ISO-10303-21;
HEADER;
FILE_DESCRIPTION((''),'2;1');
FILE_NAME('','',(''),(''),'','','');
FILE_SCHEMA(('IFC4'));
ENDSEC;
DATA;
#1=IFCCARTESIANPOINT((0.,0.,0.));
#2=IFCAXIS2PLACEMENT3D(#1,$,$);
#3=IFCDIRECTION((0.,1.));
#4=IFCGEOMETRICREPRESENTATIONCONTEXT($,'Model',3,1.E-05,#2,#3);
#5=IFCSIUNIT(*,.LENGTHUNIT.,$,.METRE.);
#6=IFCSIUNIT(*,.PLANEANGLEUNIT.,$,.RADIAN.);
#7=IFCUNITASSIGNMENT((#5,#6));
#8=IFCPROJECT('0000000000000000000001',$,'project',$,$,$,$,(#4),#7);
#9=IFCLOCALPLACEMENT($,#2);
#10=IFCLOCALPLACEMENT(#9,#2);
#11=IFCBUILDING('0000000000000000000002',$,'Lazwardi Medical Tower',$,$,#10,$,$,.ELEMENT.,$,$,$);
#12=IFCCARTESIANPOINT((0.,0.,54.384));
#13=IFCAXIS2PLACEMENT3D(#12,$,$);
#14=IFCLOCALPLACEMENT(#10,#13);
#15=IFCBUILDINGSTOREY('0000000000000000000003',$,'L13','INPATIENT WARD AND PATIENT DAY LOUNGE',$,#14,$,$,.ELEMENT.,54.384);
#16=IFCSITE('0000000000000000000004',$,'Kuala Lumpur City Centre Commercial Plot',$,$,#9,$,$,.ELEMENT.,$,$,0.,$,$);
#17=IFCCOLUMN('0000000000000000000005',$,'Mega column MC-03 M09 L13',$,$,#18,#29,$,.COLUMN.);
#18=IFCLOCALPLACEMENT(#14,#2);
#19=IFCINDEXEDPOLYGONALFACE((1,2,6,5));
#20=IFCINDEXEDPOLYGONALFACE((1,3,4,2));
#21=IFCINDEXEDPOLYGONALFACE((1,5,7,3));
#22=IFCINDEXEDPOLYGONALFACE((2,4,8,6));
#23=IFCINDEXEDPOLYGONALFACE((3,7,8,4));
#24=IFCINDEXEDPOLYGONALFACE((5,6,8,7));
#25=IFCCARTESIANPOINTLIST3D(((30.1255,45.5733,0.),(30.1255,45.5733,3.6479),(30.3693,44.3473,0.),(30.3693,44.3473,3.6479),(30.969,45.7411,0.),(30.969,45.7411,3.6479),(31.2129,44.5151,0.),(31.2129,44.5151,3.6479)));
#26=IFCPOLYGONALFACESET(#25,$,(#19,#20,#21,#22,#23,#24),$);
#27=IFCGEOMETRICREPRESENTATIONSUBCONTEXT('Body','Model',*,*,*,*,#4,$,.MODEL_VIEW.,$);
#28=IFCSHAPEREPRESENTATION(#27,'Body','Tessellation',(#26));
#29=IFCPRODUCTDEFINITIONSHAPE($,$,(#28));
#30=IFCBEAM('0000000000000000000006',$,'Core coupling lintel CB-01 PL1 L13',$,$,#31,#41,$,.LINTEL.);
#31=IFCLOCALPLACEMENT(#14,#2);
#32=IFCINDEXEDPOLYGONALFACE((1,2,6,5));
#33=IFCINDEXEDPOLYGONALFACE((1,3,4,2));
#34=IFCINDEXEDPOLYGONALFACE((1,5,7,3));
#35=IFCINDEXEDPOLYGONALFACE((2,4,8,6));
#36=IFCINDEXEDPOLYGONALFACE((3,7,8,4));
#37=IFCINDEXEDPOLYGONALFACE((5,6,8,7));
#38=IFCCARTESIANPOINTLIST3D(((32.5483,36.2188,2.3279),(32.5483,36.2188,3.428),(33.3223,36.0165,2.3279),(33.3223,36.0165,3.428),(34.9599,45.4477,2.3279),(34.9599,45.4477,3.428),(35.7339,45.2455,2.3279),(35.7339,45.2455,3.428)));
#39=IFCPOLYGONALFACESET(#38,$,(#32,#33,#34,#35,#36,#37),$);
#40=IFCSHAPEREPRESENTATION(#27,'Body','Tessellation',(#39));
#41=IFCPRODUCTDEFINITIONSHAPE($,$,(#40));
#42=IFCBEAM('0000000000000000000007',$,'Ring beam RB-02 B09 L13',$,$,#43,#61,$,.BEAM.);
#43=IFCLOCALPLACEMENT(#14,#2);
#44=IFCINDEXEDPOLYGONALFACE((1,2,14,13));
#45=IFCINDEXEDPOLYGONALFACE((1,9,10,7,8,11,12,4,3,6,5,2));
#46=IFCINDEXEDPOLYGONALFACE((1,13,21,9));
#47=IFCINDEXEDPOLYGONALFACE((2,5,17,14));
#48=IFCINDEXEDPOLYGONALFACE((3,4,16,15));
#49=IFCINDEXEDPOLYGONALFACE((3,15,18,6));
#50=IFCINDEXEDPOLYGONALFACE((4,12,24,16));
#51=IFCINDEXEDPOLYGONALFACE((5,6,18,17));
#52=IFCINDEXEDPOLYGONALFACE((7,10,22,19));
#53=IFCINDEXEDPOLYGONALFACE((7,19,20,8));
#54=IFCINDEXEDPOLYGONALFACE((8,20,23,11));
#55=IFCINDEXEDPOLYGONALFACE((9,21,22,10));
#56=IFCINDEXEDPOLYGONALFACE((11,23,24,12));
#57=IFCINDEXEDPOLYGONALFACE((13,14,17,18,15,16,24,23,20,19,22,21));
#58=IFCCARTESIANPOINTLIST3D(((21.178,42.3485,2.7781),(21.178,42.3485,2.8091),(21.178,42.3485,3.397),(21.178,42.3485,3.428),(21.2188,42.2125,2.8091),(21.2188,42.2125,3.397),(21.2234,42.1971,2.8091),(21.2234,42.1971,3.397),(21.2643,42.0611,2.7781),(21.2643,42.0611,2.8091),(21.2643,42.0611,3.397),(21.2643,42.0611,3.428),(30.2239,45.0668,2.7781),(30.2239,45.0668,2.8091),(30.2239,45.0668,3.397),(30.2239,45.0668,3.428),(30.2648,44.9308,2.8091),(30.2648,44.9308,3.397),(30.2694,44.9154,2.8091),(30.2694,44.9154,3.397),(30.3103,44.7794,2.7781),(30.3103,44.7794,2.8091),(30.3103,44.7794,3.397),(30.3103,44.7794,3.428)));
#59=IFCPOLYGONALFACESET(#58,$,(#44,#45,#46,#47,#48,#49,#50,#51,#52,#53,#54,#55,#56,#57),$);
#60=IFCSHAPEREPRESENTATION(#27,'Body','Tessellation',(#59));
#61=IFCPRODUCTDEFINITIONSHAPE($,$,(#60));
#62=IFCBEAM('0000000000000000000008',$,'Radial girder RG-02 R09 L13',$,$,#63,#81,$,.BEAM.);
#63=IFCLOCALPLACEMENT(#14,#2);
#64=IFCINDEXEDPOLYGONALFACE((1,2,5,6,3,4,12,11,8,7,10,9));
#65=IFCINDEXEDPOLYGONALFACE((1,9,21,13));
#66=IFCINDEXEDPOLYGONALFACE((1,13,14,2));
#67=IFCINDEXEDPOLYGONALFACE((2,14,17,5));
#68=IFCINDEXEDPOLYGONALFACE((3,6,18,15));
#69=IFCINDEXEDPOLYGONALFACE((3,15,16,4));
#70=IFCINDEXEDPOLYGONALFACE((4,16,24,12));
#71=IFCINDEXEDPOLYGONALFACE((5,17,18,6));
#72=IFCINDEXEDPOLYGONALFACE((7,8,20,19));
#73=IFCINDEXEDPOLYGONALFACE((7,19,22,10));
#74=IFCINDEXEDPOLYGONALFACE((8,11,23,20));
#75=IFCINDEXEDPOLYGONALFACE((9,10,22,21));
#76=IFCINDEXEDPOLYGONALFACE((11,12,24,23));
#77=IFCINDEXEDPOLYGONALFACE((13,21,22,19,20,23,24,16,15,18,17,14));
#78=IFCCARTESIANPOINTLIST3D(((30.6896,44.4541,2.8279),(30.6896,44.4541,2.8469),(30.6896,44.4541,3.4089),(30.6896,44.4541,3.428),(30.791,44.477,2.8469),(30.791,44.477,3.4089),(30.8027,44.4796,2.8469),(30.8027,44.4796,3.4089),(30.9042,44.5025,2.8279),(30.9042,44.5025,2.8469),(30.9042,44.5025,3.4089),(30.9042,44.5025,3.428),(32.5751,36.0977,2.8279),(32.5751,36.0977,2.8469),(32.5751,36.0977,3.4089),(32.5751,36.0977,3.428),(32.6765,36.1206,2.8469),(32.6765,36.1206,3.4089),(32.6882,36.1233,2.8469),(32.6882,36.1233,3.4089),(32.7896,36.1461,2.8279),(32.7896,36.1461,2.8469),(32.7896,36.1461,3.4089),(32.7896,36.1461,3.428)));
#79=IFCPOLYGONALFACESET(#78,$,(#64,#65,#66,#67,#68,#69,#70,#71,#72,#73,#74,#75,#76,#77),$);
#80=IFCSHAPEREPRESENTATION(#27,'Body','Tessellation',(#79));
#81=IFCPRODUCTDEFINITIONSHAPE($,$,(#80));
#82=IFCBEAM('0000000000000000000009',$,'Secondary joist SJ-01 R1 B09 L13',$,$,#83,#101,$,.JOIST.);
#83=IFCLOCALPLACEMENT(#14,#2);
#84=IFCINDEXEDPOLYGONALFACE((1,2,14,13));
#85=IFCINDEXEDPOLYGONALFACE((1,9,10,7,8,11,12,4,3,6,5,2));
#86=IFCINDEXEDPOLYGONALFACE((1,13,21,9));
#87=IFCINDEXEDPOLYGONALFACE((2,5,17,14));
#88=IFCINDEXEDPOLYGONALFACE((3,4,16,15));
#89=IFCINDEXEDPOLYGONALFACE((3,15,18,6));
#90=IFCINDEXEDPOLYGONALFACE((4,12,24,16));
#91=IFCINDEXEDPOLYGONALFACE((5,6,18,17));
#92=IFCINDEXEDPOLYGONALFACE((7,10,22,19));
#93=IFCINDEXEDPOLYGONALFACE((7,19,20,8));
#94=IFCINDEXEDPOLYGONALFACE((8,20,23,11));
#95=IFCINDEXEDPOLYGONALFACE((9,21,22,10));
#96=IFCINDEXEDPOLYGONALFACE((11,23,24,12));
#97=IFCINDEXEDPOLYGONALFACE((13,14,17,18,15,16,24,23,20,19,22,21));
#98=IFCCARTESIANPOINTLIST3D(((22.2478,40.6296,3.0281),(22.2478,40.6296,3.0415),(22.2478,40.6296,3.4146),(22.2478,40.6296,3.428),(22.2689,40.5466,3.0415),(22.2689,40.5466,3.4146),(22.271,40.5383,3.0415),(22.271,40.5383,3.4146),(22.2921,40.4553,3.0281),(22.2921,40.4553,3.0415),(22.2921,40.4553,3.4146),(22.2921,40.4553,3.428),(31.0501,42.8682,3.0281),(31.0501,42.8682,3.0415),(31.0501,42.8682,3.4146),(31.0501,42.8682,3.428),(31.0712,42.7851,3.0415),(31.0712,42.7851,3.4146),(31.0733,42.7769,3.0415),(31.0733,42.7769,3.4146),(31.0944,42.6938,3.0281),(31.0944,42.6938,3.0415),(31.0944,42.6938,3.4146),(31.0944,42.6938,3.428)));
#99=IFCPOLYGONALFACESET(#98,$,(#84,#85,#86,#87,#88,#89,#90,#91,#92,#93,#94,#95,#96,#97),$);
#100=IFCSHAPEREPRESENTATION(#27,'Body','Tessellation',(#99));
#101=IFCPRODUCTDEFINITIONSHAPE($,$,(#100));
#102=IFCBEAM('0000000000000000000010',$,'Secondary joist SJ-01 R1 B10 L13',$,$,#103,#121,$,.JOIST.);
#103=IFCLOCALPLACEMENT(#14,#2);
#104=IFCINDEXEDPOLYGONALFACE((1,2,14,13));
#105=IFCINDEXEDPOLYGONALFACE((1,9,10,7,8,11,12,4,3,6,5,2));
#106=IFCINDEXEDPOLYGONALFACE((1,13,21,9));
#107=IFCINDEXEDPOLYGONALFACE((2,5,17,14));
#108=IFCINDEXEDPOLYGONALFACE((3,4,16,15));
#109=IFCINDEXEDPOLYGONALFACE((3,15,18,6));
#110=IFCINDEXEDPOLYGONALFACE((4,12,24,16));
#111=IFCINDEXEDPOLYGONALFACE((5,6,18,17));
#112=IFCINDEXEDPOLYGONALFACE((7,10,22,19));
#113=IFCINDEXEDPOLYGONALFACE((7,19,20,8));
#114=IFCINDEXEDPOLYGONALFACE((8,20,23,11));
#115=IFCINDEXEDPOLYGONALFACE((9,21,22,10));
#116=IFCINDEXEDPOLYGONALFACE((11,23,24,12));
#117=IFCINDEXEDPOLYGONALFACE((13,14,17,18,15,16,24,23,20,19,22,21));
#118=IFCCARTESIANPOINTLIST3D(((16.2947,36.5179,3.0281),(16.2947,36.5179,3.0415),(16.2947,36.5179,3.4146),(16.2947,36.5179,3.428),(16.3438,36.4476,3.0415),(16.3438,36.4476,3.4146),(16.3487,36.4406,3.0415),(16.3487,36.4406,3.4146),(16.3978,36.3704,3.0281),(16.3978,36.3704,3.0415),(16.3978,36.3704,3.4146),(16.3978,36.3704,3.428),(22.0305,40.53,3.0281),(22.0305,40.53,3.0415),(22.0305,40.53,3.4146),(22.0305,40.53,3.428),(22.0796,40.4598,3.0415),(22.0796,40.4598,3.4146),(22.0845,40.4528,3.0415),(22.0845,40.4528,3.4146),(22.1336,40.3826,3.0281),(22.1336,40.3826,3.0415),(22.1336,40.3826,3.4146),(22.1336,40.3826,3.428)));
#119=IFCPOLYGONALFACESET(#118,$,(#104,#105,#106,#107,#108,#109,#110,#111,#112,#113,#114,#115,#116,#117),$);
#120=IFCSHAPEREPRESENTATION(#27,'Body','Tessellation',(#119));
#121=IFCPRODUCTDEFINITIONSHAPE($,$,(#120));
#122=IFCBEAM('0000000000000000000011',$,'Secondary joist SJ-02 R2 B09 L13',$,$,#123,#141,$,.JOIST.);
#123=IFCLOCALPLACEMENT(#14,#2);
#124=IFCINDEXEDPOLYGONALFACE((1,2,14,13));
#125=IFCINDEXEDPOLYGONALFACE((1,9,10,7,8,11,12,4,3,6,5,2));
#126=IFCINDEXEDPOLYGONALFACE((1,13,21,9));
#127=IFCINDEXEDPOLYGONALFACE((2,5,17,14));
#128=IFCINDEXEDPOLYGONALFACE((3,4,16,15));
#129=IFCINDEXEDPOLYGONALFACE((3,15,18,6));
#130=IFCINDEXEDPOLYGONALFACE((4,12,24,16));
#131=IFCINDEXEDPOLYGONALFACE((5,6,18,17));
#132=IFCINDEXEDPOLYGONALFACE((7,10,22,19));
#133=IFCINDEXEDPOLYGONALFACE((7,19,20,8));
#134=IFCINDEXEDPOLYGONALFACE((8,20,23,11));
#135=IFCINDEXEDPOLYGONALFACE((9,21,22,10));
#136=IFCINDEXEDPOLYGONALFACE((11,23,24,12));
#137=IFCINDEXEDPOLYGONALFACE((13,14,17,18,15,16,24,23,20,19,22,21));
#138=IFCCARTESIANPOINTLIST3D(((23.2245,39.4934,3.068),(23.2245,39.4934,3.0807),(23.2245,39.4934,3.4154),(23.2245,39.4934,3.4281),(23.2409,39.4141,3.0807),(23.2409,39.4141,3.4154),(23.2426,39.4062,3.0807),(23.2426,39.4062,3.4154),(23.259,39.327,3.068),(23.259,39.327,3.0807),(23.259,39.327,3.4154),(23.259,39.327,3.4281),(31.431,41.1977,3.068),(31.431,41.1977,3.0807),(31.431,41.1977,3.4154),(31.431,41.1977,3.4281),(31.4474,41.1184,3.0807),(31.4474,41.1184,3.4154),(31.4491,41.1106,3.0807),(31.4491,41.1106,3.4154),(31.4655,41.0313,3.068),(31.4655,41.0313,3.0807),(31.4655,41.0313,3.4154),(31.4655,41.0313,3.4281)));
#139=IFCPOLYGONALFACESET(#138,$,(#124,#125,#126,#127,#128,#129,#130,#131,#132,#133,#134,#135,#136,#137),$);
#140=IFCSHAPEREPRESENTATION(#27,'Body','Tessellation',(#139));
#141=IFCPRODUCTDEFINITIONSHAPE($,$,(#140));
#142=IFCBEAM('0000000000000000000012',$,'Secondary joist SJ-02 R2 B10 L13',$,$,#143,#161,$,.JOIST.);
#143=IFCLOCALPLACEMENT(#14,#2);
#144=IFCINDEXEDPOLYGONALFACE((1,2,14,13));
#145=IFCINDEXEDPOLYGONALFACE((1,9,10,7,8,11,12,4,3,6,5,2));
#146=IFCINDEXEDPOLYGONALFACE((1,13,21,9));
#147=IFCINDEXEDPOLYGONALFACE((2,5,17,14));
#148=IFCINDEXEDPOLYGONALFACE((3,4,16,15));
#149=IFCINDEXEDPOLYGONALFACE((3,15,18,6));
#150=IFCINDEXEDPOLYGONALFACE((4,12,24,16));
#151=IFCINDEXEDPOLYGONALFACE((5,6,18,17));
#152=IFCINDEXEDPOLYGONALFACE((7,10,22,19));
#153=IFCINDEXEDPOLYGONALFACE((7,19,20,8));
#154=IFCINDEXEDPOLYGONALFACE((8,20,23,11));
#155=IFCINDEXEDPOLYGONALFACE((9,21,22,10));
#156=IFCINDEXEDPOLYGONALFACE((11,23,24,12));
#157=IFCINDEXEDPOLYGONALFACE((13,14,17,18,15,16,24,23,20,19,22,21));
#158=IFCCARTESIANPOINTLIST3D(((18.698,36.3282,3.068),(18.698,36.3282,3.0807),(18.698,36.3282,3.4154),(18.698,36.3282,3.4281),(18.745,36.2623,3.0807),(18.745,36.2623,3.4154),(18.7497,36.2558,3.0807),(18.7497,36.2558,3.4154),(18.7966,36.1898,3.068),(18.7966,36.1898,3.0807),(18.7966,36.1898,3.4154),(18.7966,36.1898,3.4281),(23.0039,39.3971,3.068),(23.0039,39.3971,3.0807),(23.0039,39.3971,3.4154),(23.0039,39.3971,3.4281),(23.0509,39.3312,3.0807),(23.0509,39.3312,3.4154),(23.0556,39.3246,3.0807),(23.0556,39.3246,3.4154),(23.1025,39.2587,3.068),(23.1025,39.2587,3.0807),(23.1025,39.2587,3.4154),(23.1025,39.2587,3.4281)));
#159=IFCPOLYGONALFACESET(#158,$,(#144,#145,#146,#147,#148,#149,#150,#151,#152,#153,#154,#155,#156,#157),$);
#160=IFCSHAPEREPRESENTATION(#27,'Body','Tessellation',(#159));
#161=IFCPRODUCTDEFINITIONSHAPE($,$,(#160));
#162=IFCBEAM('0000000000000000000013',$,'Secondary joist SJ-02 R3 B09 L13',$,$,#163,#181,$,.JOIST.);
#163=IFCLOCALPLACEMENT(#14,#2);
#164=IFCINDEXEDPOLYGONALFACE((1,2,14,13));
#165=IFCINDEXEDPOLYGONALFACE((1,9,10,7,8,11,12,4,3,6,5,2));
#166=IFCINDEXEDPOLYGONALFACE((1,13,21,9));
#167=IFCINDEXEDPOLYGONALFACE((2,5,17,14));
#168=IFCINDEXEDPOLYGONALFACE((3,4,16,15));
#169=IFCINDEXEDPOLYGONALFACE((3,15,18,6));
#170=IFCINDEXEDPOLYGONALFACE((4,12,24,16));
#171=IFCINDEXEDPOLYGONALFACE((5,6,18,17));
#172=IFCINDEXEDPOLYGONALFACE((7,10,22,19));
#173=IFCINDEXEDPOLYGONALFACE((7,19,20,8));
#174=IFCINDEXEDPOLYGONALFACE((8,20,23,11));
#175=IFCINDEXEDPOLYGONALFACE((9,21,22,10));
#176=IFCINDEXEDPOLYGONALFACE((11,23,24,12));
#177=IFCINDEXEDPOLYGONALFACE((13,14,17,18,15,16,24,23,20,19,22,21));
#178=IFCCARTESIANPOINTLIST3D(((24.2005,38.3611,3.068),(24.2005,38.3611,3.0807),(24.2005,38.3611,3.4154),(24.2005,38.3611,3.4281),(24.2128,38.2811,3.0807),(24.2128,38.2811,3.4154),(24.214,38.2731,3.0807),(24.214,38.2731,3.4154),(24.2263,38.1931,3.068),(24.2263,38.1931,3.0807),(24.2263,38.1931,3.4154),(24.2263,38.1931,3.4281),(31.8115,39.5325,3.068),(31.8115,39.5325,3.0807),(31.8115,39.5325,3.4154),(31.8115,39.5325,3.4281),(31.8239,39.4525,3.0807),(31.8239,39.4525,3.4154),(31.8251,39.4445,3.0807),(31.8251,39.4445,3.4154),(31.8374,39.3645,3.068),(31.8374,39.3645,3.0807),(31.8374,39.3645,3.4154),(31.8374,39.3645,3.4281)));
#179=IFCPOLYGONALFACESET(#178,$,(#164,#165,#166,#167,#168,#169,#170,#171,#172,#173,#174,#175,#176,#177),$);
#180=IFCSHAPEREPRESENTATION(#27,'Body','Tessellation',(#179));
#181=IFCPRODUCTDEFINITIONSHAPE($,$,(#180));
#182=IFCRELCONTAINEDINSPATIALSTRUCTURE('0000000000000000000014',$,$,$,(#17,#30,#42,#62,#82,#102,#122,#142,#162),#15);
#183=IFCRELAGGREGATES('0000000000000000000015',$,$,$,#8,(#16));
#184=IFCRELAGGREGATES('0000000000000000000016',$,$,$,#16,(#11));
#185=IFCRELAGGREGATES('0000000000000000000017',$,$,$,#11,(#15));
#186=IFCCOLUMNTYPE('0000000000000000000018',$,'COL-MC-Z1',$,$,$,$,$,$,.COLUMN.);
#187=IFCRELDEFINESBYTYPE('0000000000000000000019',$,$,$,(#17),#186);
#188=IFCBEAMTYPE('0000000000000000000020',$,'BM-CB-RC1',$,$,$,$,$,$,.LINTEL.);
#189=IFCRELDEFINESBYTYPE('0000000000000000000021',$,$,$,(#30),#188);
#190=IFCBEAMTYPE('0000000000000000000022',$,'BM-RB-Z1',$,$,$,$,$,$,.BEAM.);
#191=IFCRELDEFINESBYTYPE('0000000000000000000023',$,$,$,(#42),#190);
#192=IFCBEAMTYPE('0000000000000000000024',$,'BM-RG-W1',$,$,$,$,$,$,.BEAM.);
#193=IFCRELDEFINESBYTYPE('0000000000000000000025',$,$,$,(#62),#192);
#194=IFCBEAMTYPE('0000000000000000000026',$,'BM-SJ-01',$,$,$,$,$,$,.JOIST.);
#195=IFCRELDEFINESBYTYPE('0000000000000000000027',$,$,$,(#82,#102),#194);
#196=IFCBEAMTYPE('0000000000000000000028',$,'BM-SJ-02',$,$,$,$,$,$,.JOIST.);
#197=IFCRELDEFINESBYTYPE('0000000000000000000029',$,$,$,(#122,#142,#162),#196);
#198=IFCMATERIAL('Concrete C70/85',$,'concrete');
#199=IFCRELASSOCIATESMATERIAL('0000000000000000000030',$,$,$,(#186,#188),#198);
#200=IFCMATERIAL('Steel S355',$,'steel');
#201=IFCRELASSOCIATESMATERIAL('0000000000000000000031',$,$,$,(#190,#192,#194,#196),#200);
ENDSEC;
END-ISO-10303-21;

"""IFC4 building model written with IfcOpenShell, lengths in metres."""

from ifc_helpers import new_model, si_unit, direction, frame, origin, origin_2d, place, context, subcontext, project, spatial, rectangle, i_section, extrude, material, material_profile, profile_set, type_object, element, save


model = new_model("IFC4")

# Units and contexts
model_context = context("Model", 3, precision=1e-05, world=origin(), true_north=direction((0.0, 1.0)))
body_context = subcontext(model_context, "Body", "Model", "MODEL_VIEW")
ifc_project = project(units=[si_unit("LENGTHUNIT", "METRE"), si_unit("PLANEANGLEUNIT", "RADIAN")], contexts=[model_context])

# Site, building, storey
site_placement = place(None, origin())
site = spatial("IfcSite", under=ifc_project, at=site_placement, Name="Kuala Lumpur City Centre Commercial Plot", CompositionType="ELEMENT", RefElevation=0.0)
building_placement = place(site_placement, origin())
building = spatial("IfcBuilding", under=site, at=building_placement, Name="Lazwardi Medical Tower", CompositionType="ELEMENT")
storey_placement = place(building_placement, frame((0.0, 0.0, 54.384)))
storey = spatial("IfcBuildingStorey", under=building, at=storey_placement, Name="L13", Description="INPATIENT WARD AND PATIENT DAY LOUNGE", CompositionType="ELEMENT", Elevation=54.384)

# Column
ifc_material_1 = material(Name="Concrete C70/85", Category="concrete")
ifc_material_profile_1 = material_profile(ifc_material_1, rectangle(XDim=1.25, YDim=0.8601, at=origin_2d()), Name="CFT-RECT 1250x860")
ifc_profile_set_1 = profile_set([ifc_material_profile_1], Name="Concrete C70/85")
column_type = type_object("IfcColumnType", Name="COL-MC-Z1", PredefinedType="COLUMN", material=ifc_profile_set_1)
column_placement = place(storey_placement, frame((30.6692, 45.0442, 0.0), z_axis=(0.0, 0.0, 1.0), x_axis=(-0.19509, 0.980785, 0.0)))
element("IfcColumn", 1, at=column_placement, inside=storey, type_object=column_type, Name="Mega column MC-03 M09 L13", PredefinedType="COLUMN", context=body_context, shape_type="SweptSolid", body=[
    extrude(rectangle(XDim=1.25, YDim=0.8601, at=origin_2d()), origin(), (0.0, 0.0, 1.0), 3.6479),
])

# Beams
ifc_material_profile_2 = material_profile(ifc_material_1, rectangle(XDim=0.8, YDim=1.1001, at=origin_2d()), Name="RC 800x1100")
ifc_profile_set_2 = profile_set([ifc_material_profile_2], Name="Concrete C70/85")
beam_type_1 = type_object("IfcBeamType", Name="BM-CB-RC1", PredefinedType="LINTEL", material=ifc_profile_set_2)
beam_1_placement = place(storey_placement, frame((32.9353, 36.1177, 2.8779), z_axis=(0.25282, 0.967513, 0.0), x_axis=(-0.967513, 0.25282, 0.0)))
element("IfcBeam", 2, at=beam_1_placement, inside=storey, type_object=beam_type_1, Name="Core coupling lintel CB-01 PL1 L13", PredefinedType="LINTEL", context=body_context, shape_type="SweptSolid", body=[
    extrude(rectangle(XDim=0.8, YDim=1.1001, at=origin_2d()), origin(), (0.0, 0.0, 1.0), 9.5388),
])
ifc_material_2 = material(Name="Steel S355", Category="steel")
ifc_material_profile_3 = material_profile(ifc_material_2, i_section(OverallWidth=0.3, OverallDepth=0.6499, WebThickness=0.0161, FlangeThickness=0.031, at=origin_2d()), Name="HEB 650")
ifc_profile_set_3 = profile_set([ifc_material_profile_3], Name="Steel S355")
beam_type_2 = type_object("IfcBeamType", Name="BM-RB-Z1", PredefinedType="BEAM", material=ifc_profile_set_3)
beam_2_placement = place(storey_placement, frame((30.2671, 44.9231, 3.103), z_axis=(-0.957695, -0.287784, 0.0), x_axis=(0.287784, -0.957695, 0.0)))
element("IfcBeam", 3, at=beam_2_placement, inside=storey, type_object=beam_type_2, Name="Ring beam RB-02 B09 L13", PredefinedType="BEAM", context=body_context, shape_type="SweptSolid", body=[
    extrude(i_section(OverallWidth=0.3, OverallDepth=0.6499, WebThickness=0.0161, FlangeThickness=0.031, at=origin_2d()), origin(), (0.0, 0.0, 1.0), 9.4456),
])
ifc_material_profile_4 = material_profile(ifc_material_2, i_section(OverallWidth=0.22, OverallDepth=0.6001, WebThickness=0.012, FlangeThickness=0.019, at=origin_2d()), Name="IPE 600")
ifc_profile_set_4 = profile_set([ifc_material_profile_4], Name="Steel S355")
beam_type_3 = type_object("IfcBeamType", Name="BM-RG-W1", PredefinedType="BEAM", material=ifc_profile_set_4)
beam_3_placement = place(storey_placement, frame((30.7969, 44.4783, 3.1279), z_axis=(0.220101, -0.975477, 0.0), x_axis=(0.975477, 0.220101, 0.0)))
element("IfcBeam", 4, at=beam_3_placement, inside=storey, type_object=beam_type_3, Name="Radial girder RG-02 R09 L13", PredefinedType="BEAM", context=body_context, shape_type="SweptSolid", body=[
    extrude(i_section(OverallWidth=0.22, OverallDepth=0.6001, WebThickness=0.012, FlangeThickness=0.019, at=origin_2d()), origin(), (0.0, 0.0, 1.0), 8.5664),
])
ifc_material_profile_5 = material_profile(ifc_material_2, i_section(OverallWidth=0.1799, OverallDepth=0.3999, WebThickness=0.0085, FlangeThickness=0.0134, at=origin_2d()), Name="IPE 400")
ifc_profile_set_5 = profile_set([ifc_material_profile_5], Name="Steel S355")
beam_type_4 = type_object("IfcBeamType", Name="BM-SJ-01", PredefinedType="JOIST", material=ifc_profile_set_5)
beam_4_placement = place(storey_placement, frame((31.0723, 42.781, 3.228), z_axis=(-0.969151, -0.246468, 0.0), x_axis=(0.246468, -0.969151, 0.0)))
element("IfcBeam", 5, at=beam_4_placement, inside=storey, type_object=beam_type_4, Name="Secondary joist SJ-01 R1 B09 L13", PredefinedType="JOIST", context=body_context, shape_type="SweptSolid", body=[
    extrude(i_section(OverallWidth=0.1799, OverallDepth=0.3999, WebThickness=0.0085, FlangeThickness=0.0134, at=origin_2d()), origin(), (0.0, 0.0, 1.0), 9.0825),
])
beam_5_placement = place(storey_placement, frame((22.082, 40.4563, 3.228), z_axis=(-0.819425, -0.573186, 0.0), x_axis=(0.573186, -0.819425, 0.0)))
element("IfcBeam", 6, at=beam_5_placement, inside=storey, type_object=beam_type_4, Name="Secondary joist SJ-01 R1 B10 L13", PredefinedType="JOIST", context=body_context, shape_type="SweptSolid", body=[
    extrude(i_section(OverallWidth=0.1799, OverallDepth=0.3999, WebThickness=0.0085, FlangeThickness=0.0134, at=origin_2d()), origin(), (0.0, 0.0, 1.0), 6.9998),
])
ifc_material_profile_6 = material_profile(ifc_material_2, i_section(OverallWidth=0.1699, OverallDepth=0.3601, WebThickness=0.0081, FlangeThickness=0.0127, at=origin_2d()), Name="IPE 360")
ifc_profile_set_6 = profile_set([ifc_material_profile_6], Name="Steel S355")
beam_type_5 = type_object("IfcBeamType", Name="BM-SJ-02", PredefinedType="JOIST", material=ifc_profile_set_6)
beam_6_placement = place(storey_placement, frame((31.4482, 41.1145, 3.248), z_axis=(-0.979108, -0.203342, 0.0), x_axis=(0.203342, -0.979108, 0.0)))
element("IfcBeam", 7, at=beam_6_placement, inside=storey, type_object=beam_type_5, Name="Secondary joist SJ-02 R2 B09 L13", PredefinedType="JOIST", context=body_context, shape_type="SweptSolid", body=[
    extrude(i_section(OverallWidth=0.1699, OverallDepth=0.3601, WebThickness=0.0081, FlangeThickness=0.0127, at=origin_2d()), origin(), (0.0, 0.0, 1.0), 8.3816),
])
beam_7_placement = place(storey_placement, frame((23.0532, 39.3279, 3.248), z_axis=(-0.814341, -0.580386, 0.0), x_axis=(0.580386, -0.814341, 0.0)))
element("IfcBeam", 8, at=beam_7_placement, inside=storey, type_object=beam_type_5, Name="Secondary joist SJ-02 R2 B10 L13", PredefinedType="JOIST", context=body_context, shape_type="SweptSolid", body=[
    extrude(i_section(OverallWidth=0.1699, OverallDepth=0.3601, WebThickness=0.0081, FlangeThickness=0.0127, at=origin_2d()), origin(), (0.0, 0.0, 1.0), 5.2876),
])
beam_8_placement = place(storey_placement, frame((31.8245, 39.4485, 3.248), z_axis=(-0.988363, -0.152114, 0.0), x_axis=(0.152114, -0.988363, 0.0)))
element("IfcBeam", 9, at=beam_8_placement, inside=storey, type_object=beam_type_5, Name="Secondary joist SJ-02 R3 B09 L13", PredefinedType="JOIST", context=body_context, shape_type="SweptSolid", body=[
    extrude(i_section(OverallWidth=0.1699, OverallDepth=0.3601, WebThickness=0.0081, FlangeThickness=0.0127, at=origin_2d()), origin(), (0.0, 0.0, 1.0), 7.7007),
])

save(model, "model.ifc")
